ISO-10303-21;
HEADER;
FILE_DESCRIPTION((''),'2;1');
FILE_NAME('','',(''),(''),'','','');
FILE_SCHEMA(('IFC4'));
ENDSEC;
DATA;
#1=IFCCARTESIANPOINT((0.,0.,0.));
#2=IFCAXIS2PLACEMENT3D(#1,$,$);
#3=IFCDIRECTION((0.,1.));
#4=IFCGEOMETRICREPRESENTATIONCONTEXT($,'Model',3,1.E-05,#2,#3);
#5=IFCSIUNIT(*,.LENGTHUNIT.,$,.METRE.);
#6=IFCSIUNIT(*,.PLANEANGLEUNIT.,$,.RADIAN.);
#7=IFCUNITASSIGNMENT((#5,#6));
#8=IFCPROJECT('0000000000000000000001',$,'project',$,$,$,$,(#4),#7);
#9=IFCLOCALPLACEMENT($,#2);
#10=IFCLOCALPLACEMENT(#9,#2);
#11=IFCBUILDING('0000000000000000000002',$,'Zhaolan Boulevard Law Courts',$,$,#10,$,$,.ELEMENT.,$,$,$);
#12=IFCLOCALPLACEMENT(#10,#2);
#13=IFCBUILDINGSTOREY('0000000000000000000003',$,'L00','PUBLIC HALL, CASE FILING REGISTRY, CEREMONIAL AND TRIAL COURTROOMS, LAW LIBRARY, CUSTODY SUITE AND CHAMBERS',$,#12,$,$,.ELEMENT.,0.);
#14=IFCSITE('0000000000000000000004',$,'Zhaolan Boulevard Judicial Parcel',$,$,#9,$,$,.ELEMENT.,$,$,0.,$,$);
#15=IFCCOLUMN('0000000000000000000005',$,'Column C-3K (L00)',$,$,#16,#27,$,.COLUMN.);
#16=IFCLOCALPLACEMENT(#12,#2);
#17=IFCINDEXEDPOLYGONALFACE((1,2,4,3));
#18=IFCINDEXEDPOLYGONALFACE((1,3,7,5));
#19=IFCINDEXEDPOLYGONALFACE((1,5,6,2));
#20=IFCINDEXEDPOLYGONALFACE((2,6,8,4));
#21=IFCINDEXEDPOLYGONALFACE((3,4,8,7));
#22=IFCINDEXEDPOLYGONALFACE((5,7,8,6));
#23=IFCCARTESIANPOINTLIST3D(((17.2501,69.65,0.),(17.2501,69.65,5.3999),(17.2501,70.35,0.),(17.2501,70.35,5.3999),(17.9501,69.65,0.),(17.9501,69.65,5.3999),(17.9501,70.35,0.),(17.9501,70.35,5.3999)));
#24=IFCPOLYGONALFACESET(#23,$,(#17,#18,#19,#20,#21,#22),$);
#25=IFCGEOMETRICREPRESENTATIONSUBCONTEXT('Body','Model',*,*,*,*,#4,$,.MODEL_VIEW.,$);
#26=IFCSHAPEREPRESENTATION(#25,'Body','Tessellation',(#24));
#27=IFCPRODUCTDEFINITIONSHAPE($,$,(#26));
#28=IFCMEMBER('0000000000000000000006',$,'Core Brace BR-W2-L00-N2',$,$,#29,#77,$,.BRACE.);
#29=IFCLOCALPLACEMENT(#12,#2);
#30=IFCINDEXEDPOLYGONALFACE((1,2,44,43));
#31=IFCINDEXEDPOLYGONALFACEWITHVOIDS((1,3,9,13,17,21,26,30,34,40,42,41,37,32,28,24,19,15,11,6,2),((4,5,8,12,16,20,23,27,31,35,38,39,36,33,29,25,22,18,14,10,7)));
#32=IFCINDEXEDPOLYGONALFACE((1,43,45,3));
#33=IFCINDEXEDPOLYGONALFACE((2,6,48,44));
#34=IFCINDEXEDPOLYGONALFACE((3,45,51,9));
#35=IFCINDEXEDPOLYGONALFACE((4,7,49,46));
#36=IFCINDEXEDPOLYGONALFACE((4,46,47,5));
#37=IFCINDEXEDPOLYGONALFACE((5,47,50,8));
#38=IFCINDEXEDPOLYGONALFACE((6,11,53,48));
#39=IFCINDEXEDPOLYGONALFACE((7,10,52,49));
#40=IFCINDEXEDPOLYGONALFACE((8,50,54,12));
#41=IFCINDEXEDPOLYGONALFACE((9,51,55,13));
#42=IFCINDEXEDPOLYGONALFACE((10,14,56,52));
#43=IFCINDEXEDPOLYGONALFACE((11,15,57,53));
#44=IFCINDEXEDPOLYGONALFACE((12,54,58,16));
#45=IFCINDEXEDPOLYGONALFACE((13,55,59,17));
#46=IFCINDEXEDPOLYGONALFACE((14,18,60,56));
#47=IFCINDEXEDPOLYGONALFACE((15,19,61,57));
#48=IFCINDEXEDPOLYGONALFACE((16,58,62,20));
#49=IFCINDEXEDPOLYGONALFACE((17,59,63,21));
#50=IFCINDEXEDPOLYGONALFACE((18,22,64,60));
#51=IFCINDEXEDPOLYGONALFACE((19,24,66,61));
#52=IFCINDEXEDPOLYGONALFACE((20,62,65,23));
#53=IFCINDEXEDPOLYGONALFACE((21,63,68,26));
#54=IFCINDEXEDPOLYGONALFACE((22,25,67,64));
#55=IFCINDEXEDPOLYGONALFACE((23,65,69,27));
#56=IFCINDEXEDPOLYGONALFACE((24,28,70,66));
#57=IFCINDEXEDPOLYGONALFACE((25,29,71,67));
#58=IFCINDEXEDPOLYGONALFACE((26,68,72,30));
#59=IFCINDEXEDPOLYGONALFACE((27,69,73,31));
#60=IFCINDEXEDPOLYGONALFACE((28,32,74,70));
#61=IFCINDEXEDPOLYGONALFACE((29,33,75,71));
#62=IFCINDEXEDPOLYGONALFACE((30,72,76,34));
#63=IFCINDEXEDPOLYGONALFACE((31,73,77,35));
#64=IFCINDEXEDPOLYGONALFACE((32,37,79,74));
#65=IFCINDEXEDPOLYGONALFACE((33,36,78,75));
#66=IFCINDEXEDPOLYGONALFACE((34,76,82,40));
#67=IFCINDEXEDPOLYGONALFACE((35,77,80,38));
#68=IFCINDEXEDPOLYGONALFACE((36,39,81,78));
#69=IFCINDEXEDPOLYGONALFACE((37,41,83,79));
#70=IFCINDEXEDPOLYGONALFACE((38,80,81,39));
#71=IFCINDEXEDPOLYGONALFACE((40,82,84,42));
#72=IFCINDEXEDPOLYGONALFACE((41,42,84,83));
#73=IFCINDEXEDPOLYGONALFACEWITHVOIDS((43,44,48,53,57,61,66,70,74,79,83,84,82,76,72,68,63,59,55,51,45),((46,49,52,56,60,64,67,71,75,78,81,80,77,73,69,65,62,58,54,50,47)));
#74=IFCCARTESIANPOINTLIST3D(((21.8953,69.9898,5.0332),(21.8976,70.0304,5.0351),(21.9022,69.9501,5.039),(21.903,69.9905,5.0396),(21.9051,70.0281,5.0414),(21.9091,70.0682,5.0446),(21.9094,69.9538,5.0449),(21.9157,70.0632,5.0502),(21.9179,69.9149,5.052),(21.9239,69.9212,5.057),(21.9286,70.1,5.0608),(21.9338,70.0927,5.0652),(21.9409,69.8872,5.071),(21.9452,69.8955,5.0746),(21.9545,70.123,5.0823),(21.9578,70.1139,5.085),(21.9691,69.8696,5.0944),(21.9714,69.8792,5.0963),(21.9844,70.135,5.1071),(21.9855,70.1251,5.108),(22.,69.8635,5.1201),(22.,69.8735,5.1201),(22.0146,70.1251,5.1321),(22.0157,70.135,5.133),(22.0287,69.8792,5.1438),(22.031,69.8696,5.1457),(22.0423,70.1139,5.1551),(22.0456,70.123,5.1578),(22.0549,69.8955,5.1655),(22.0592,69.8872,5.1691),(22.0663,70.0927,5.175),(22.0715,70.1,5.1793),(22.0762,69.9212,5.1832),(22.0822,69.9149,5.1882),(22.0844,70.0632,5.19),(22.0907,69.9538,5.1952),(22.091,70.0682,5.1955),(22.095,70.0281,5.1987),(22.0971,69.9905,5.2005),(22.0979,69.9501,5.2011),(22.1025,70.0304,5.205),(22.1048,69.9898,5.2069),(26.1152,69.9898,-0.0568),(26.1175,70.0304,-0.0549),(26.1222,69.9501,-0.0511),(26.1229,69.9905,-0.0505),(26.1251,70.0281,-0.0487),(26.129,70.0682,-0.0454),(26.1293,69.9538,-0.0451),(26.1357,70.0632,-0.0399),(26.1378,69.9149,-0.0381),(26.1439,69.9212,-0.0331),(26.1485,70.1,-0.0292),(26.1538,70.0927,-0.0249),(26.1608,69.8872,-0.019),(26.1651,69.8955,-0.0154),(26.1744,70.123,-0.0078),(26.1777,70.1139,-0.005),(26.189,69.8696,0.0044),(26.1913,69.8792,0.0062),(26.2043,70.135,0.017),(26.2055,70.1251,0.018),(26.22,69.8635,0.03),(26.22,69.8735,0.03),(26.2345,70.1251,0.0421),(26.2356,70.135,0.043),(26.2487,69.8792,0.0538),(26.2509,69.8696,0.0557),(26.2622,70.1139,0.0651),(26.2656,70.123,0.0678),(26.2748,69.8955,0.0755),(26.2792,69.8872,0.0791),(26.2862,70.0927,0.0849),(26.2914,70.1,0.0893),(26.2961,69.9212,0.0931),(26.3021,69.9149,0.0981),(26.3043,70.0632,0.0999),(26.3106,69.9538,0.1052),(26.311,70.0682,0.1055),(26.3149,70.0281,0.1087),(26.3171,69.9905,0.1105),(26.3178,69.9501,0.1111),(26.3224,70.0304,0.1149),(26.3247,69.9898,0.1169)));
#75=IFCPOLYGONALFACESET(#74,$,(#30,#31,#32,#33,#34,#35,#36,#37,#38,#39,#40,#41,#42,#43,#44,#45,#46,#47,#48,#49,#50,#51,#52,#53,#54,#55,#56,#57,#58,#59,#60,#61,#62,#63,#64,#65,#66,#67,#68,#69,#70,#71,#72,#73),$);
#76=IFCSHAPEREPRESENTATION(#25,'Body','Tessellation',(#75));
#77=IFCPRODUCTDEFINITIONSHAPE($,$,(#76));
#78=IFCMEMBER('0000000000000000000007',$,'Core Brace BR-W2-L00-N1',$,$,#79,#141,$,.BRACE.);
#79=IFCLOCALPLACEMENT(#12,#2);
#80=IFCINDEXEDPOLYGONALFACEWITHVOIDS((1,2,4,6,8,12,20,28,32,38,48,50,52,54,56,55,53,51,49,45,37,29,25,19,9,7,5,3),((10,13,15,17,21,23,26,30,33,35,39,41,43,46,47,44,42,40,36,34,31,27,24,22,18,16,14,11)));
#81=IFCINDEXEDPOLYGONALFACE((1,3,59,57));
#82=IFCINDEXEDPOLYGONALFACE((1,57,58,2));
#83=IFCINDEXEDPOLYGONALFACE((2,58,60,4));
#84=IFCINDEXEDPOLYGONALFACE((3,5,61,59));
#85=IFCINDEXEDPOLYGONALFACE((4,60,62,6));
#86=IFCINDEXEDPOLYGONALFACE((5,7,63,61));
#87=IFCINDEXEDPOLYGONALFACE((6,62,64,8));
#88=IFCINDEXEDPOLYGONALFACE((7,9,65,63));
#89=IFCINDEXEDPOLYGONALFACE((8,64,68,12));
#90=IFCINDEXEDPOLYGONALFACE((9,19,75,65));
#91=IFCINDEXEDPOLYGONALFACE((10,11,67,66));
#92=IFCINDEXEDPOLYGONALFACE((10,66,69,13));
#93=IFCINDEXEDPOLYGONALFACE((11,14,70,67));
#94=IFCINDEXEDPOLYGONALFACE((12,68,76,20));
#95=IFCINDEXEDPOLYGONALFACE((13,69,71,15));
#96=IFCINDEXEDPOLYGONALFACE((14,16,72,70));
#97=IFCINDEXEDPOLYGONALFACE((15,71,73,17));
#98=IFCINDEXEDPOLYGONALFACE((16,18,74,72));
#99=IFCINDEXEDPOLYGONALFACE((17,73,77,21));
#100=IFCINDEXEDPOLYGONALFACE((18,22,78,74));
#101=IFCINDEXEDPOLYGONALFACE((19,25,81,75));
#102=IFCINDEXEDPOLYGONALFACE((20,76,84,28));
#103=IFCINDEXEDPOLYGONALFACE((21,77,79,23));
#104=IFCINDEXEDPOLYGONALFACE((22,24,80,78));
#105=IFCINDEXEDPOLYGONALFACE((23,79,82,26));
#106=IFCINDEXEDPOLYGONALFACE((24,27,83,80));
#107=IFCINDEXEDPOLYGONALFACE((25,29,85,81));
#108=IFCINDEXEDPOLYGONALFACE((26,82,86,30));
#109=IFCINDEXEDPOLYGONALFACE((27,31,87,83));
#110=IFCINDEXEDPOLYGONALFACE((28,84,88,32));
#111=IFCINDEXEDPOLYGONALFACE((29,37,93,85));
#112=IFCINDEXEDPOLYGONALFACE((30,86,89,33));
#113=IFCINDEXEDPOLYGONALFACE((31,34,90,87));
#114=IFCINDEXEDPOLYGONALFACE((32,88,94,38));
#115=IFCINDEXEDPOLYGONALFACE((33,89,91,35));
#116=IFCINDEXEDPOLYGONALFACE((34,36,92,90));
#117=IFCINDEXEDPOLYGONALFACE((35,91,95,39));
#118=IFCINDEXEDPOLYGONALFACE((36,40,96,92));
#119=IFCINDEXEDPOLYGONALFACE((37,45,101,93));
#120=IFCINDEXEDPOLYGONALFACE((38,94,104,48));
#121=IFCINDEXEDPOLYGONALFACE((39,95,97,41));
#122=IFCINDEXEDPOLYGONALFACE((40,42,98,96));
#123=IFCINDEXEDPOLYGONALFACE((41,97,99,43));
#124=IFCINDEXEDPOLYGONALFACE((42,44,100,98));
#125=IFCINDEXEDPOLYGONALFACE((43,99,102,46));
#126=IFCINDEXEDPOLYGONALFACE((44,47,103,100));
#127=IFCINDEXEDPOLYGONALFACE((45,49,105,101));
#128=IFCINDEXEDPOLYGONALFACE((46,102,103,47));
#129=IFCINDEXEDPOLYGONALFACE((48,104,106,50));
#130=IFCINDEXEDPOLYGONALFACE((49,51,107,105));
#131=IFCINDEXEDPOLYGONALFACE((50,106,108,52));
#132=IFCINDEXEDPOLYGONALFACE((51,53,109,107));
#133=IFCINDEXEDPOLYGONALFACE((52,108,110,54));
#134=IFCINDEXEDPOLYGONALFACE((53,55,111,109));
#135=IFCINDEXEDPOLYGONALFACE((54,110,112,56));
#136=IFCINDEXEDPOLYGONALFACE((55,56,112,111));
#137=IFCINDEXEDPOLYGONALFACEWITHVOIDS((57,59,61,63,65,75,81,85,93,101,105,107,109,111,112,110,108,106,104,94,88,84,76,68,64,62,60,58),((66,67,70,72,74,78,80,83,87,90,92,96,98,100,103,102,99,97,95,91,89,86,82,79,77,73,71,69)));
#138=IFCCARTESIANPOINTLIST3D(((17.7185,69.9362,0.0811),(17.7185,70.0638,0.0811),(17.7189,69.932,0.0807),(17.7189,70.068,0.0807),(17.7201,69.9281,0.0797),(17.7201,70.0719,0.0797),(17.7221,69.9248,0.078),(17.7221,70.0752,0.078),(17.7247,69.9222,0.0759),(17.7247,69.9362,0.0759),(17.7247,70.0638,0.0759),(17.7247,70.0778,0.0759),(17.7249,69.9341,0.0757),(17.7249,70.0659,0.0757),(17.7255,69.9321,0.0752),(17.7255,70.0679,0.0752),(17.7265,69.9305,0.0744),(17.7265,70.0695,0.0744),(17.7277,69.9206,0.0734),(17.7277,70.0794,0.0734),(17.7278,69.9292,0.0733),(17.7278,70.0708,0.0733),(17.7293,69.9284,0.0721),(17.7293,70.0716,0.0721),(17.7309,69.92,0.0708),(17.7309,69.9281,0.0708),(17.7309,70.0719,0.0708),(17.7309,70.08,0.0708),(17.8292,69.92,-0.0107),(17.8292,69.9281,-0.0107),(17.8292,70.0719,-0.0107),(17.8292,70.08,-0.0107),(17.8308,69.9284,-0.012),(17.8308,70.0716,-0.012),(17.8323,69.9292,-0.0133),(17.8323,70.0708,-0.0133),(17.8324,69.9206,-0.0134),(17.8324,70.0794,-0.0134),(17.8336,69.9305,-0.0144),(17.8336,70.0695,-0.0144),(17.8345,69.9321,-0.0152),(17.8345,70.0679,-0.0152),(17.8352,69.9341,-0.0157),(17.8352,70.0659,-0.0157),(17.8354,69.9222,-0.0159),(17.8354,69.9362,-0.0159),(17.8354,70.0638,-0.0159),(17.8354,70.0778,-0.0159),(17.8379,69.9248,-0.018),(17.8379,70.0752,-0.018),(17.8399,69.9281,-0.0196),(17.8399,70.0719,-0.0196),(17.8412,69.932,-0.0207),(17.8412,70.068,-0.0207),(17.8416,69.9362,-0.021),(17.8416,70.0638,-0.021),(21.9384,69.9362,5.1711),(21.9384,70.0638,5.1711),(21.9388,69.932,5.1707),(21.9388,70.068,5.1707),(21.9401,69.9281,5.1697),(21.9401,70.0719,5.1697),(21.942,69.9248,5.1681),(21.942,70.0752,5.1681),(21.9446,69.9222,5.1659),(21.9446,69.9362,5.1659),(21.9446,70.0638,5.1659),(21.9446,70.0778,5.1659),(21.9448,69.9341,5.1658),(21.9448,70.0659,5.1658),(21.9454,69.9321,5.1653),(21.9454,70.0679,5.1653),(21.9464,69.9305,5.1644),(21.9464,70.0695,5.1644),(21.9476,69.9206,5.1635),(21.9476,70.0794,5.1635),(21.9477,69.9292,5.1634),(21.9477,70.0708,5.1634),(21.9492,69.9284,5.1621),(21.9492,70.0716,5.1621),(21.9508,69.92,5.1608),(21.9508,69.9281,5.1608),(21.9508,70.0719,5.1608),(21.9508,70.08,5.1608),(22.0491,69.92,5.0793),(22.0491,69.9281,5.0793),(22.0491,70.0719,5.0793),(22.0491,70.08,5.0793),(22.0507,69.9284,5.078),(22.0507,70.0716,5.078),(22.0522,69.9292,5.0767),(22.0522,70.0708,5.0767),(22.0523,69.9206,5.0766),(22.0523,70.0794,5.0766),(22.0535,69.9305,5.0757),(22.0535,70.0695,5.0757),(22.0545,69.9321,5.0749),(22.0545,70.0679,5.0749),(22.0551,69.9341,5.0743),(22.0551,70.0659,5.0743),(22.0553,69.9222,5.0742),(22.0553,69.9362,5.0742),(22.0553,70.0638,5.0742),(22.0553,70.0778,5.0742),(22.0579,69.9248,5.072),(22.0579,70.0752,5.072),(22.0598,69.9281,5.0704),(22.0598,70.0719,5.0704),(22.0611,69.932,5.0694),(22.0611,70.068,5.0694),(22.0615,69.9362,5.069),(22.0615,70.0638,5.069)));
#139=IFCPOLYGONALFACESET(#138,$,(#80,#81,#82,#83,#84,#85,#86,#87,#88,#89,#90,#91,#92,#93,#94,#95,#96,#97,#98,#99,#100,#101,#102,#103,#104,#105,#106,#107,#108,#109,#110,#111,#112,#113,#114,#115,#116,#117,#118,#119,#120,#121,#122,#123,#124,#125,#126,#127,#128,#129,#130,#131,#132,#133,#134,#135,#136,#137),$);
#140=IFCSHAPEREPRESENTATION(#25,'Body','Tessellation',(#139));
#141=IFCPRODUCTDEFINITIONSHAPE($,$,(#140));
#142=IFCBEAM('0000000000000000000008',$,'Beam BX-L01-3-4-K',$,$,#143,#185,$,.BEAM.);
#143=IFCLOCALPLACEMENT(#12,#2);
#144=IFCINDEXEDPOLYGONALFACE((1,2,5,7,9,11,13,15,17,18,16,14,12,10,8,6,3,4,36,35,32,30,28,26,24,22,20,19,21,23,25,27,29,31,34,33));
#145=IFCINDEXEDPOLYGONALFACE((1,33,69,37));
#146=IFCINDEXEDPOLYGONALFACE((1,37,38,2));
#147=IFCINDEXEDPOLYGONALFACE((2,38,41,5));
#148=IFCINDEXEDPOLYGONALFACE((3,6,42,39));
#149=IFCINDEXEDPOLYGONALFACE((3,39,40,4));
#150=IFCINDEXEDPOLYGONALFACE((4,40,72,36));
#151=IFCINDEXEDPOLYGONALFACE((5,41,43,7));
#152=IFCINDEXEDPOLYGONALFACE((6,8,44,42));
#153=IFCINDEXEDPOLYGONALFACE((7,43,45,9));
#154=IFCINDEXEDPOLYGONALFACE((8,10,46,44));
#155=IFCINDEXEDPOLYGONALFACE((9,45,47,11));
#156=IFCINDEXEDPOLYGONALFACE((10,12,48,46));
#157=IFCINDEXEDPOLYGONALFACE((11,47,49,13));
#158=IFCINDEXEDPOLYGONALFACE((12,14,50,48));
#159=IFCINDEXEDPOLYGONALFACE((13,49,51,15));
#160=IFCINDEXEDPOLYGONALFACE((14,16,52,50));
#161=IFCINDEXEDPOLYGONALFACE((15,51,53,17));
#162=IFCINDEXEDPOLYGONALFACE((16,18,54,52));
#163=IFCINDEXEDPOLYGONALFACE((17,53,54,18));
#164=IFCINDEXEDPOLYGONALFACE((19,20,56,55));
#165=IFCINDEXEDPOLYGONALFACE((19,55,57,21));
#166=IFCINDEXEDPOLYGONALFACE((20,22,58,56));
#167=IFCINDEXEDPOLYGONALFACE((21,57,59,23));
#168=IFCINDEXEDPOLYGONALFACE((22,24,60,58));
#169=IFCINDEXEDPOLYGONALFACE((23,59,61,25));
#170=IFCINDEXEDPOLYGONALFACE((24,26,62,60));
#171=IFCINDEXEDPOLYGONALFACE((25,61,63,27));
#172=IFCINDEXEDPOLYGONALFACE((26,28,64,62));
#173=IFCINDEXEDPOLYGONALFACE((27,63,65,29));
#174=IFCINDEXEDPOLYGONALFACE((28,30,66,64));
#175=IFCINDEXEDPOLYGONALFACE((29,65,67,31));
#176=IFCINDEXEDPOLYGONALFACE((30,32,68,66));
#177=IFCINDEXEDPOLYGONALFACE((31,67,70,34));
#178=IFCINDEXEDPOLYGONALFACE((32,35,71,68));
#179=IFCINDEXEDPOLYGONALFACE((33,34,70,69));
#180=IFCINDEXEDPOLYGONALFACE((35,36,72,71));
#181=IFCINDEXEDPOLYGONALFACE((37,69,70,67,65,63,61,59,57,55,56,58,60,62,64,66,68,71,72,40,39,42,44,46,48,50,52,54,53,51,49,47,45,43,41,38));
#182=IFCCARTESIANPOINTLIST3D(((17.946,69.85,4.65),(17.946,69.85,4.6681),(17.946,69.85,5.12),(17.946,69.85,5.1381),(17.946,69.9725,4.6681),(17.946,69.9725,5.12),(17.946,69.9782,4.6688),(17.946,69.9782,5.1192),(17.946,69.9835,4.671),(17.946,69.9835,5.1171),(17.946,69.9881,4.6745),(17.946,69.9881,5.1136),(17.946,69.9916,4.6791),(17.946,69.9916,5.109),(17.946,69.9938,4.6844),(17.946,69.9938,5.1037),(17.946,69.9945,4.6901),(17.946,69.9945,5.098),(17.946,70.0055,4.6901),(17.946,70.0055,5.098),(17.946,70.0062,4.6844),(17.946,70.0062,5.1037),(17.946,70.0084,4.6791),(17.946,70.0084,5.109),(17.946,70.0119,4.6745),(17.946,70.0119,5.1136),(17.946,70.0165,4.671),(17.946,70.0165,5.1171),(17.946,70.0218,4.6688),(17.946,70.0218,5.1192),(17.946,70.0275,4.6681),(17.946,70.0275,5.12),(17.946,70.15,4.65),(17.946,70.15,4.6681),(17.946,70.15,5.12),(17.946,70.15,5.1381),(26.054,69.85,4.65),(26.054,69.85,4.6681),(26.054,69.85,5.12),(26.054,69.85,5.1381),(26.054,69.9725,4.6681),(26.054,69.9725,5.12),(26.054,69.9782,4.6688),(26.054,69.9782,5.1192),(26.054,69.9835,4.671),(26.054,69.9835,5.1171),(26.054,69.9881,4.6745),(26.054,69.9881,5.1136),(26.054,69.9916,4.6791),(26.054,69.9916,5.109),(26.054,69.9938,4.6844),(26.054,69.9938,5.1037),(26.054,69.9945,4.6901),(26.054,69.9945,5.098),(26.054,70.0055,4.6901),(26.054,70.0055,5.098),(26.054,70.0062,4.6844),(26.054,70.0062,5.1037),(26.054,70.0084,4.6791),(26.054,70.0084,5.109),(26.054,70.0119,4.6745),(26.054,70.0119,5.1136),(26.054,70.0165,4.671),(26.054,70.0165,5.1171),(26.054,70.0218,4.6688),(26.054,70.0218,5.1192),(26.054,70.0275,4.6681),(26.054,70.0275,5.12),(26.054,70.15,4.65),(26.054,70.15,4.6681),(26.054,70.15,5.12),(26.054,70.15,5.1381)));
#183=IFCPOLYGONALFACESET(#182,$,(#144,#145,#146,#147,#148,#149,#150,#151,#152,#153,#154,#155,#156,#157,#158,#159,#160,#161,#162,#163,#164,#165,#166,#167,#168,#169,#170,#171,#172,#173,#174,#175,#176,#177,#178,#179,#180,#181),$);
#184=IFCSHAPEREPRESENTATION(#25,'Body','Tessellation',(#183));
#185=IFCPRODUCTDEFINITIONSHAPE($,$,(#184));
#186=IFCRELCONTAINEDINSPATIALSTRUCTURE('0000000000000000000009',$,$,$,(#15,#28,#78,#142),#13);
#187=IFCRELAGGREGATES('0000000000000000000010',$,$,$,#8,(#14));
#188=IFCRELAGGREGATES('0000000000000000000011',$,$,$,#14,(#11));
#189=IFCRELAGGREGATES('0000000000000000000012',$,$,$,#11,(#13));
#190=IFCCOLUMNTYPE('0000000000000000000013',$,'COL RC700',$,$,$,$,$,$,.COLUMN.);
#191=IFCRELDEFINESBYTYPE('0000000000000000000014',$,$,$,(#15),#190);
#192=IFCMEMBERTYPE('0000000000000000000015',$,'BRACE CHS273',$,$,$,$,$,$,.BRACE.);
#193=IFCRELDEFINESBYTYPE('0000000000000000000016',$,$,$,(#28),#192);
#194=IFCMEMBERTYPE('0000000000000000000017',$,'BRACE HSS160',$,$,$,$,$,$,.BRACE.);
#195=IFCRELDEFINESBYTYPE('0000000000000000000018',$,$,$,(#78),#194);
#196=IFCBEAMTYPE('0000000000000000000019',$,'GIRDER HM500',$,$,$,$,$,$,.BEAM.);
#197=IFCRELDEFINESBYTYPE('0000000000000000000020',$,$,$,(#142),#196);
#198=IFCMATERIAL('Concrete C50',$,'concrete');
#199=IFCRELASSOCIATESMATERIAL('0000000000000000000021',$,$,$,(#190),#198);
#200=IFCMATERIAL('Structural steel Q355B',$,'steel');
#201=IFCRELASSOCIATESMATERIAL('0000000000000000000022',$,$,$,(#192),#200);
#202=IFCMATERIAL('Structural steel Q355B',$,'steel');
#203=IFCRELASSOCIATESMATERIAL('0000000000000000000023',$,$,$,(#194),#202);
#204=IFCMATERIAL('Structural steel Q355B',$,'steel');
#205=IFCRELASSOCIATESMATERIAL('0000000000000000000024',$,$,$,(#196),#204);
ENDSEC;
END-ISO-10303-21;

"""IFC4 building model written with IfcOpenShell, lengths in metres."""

from ifc_helpers import new_model, si_unit, direction, frame, origin, origin_2d, place, context, subcontext, project, spatial, rectangle, hollow_rectangle, hollow_circle, i_section, extrude, material, material_profile, profile_set, type_object, element, save


model = new_model("IFC4")

# Units and contexts
model_context = context("Model", 3, precision=1e-05, world=origin(), true_north=direction((0.0, 1.0)))
body_context = subcontext(model_context, "Body", "Model", "MODEL_VIEW")
ifc_project = project(units=[si_unit("LENGTHUNIT", "METRE"), si_unit("PLANEANGLEUNIT", "RADIAN")], contexts=[model_context])

# Site, building, storey
site_placement = place(None, origin())
site = spatial("IfcSite", under=ifc_project, at=site_placement, Name="Zhaolan Boulevard Judicial Parcel", CompositionType="ELEMENT", RefElevation=0.0)
building_placement = place(site_placement, origin())
building = spatial("IfcBuilding", under=site, at=building_placement, Name="Zhaolan Boulevard Law Courts", CompositionType="ELEMENT")
storey_placement = place(building_placement, origin())
storey = spatial("IfcBuildingStorey", under=building, at=storey_placement, Name="L00", Description="PUBLIC HALL, CASE FILING REGISTRY, CEREMONIAL AND TRIAL COURTROOMS, LAW LIBRARY, CUSTODY SUITE AND CHAMBERS", CompositionType="ELEMENT", Elevation=0.0)

# Column
ifc_material_1 = material(Name="Concrete C50", Category="concrete")
ifc_material_profile_1 = material_profile(ifc_material_1, rectangle(XDim=0.7, YDim=0.7, at=origin_2d()), Name="RC700x700")
ifc_profile_set_1 = profile_set([ifc_material_profile_1], Name="Concrete C50")
column_type = type_object("IfcColumnType", Name="COL RC700", PredefinedType="COLUMN", material=ifc_profile_set_1)
column_placement = place(storey_placement, frame((17.6001, 70.0, 0.0), z_axis=(0.0, 0.0, 1.0), x_axis=(1.0, 0.0, 0.0)))
element("IfcColumn", 1, at=column_placement, inside=storey, type_object=column_type, Name="Column C-3K (L00)", PredefinedType="COLUMN", context=body_context, shape_type="SweptSolid", body=[
    extrude(rectangle(XDim=0.7, YDim=0.7, at=origin_2d()), origin(), (0.0, 0.0, 1.0), 5.3999),
])

# Members
ifc_material_2 = material(Name="Structural steel Q355B", Category="steel")
ifc_material_profile_2 = material_profile(ifc_material_2, hollow_circle(Radius=0.1365, WallThickness=0.01, at=origin_2d()), Name="CHS273x10")
ifc_profile_set_2 = profile_set([ifc_material_profile_2], Name="Structural steel Q355B")
member_type_1 = type_object("IfcMemberType", Name="BRACE CHS273", PredefinedType="BRACE", material=ifc_profile_set_2)
member_1_placement = place(storey_placement, frame((26.22, 70.0, 0.03), z_axis=(-0.638239, 0.0, 0.769838), x_axis=(0.0, -1.0, 0.0)))
element("IfcMember", 2, at=member_1_placement, inside=storey, type_object=member_type_1, Name="Core Brace BR-W2-L00-N2", PredefinedType="BRACE", context=body_context, shape_type="SweptSolid", body=[
    extrude(hollow_circle(Radius=0.1365, WallThickness=0.01, at=origin_2d()), origin(), (0.0, 0.0, 1.0), 6.6118),
])
ifc_material_3 = material(Name="Structural steel Q355B", Category="steel")
ifc_material_profile_3 = material_profile(ifc_material_3, hollow_rectangle(XDim=0.1599, YDim=0.1599, WallThickness=0.0081, InnerFilletRadius=0.0081, OuterFilletRadius=0.0161, at=origin_2d()), Name="HSS160x160x8")
ifc_profile_set_3 = profile_set([ifc_material_profile_3], Name="Structural steel Q355B")
member_type_2 = type_object("IfcMemberType", Name="BRACE HSS160", PredefinedType="BRACE", material=ifc_profile_set_3)
member_2_placement = place(storey_placement, frame((17.78, 70.0, 0.03), z_axis=(0.638239, 0.0, 0.769838), x_axis=(0.0, 1.0, 0.0)))
element("IfcMember", 3, at=member_2_placement, inside=storey, type_object=member_type_2, Name="Core Brace BR-W2-L00-N1", PredefinedType="BRACE", context=body_context, shape_type="SweptSolid", body=[
    extrude(hollow_rectangle(XDim=0.1599, YDim=0.1599, WallThickness=0.0081, InnerFilletRadius=0.0081, OuterFilletRadius=0.0161, at=origin_2d()), origin(), (0.0, 0.0, 1.0), 6.6118),
])

# Beam
ifc_material_4 = material(Name="Structural steel Q355B", Category="steel")
ifc_material_profile_4 = material_profile(ifc_material_4, i_section(OverallWidth=0.3, OverallDepth=0.488, WebThickness=0.011, FlangeThickness=0.0181, FilletRadius=0.022, at=origin_2d()), Name="HM488x300")
ifc_profile_set_4 = profile_set([ifc_material_profile_4], Name="Structural steel Q355B")
beam_type_1 = type_object("IfcBeamType", Name="GIRDER HM500", PredefinedType="BEAM", material=ifc_profile_set_4)
beam_1_placement = place(storey_placement, frame((17.946, 70.0, 4.894), z_axis=(1.0, 0.0, 0.0), x_axis=(0.0, 1.0, 0.0)))
element("IfcBeam", 4, at=beam_1_placement, inside=storey, type_object=beam_type_1, Name="Beam BX-L01-3-4-K", PredefinedType="BEAM", context=body_context, shape_type="SweptSolid", body=[
    extrude(i_section(OverallWidth=0.3, OverallDepth=0.488, WebThickness=0.011, FlangeThickness=0.0181, FilletRadius=0.022, at=origin_2d()), origin(), (0.0, 0.0, 1.0), 8.1079),
])

save(model, "model.ifc")
